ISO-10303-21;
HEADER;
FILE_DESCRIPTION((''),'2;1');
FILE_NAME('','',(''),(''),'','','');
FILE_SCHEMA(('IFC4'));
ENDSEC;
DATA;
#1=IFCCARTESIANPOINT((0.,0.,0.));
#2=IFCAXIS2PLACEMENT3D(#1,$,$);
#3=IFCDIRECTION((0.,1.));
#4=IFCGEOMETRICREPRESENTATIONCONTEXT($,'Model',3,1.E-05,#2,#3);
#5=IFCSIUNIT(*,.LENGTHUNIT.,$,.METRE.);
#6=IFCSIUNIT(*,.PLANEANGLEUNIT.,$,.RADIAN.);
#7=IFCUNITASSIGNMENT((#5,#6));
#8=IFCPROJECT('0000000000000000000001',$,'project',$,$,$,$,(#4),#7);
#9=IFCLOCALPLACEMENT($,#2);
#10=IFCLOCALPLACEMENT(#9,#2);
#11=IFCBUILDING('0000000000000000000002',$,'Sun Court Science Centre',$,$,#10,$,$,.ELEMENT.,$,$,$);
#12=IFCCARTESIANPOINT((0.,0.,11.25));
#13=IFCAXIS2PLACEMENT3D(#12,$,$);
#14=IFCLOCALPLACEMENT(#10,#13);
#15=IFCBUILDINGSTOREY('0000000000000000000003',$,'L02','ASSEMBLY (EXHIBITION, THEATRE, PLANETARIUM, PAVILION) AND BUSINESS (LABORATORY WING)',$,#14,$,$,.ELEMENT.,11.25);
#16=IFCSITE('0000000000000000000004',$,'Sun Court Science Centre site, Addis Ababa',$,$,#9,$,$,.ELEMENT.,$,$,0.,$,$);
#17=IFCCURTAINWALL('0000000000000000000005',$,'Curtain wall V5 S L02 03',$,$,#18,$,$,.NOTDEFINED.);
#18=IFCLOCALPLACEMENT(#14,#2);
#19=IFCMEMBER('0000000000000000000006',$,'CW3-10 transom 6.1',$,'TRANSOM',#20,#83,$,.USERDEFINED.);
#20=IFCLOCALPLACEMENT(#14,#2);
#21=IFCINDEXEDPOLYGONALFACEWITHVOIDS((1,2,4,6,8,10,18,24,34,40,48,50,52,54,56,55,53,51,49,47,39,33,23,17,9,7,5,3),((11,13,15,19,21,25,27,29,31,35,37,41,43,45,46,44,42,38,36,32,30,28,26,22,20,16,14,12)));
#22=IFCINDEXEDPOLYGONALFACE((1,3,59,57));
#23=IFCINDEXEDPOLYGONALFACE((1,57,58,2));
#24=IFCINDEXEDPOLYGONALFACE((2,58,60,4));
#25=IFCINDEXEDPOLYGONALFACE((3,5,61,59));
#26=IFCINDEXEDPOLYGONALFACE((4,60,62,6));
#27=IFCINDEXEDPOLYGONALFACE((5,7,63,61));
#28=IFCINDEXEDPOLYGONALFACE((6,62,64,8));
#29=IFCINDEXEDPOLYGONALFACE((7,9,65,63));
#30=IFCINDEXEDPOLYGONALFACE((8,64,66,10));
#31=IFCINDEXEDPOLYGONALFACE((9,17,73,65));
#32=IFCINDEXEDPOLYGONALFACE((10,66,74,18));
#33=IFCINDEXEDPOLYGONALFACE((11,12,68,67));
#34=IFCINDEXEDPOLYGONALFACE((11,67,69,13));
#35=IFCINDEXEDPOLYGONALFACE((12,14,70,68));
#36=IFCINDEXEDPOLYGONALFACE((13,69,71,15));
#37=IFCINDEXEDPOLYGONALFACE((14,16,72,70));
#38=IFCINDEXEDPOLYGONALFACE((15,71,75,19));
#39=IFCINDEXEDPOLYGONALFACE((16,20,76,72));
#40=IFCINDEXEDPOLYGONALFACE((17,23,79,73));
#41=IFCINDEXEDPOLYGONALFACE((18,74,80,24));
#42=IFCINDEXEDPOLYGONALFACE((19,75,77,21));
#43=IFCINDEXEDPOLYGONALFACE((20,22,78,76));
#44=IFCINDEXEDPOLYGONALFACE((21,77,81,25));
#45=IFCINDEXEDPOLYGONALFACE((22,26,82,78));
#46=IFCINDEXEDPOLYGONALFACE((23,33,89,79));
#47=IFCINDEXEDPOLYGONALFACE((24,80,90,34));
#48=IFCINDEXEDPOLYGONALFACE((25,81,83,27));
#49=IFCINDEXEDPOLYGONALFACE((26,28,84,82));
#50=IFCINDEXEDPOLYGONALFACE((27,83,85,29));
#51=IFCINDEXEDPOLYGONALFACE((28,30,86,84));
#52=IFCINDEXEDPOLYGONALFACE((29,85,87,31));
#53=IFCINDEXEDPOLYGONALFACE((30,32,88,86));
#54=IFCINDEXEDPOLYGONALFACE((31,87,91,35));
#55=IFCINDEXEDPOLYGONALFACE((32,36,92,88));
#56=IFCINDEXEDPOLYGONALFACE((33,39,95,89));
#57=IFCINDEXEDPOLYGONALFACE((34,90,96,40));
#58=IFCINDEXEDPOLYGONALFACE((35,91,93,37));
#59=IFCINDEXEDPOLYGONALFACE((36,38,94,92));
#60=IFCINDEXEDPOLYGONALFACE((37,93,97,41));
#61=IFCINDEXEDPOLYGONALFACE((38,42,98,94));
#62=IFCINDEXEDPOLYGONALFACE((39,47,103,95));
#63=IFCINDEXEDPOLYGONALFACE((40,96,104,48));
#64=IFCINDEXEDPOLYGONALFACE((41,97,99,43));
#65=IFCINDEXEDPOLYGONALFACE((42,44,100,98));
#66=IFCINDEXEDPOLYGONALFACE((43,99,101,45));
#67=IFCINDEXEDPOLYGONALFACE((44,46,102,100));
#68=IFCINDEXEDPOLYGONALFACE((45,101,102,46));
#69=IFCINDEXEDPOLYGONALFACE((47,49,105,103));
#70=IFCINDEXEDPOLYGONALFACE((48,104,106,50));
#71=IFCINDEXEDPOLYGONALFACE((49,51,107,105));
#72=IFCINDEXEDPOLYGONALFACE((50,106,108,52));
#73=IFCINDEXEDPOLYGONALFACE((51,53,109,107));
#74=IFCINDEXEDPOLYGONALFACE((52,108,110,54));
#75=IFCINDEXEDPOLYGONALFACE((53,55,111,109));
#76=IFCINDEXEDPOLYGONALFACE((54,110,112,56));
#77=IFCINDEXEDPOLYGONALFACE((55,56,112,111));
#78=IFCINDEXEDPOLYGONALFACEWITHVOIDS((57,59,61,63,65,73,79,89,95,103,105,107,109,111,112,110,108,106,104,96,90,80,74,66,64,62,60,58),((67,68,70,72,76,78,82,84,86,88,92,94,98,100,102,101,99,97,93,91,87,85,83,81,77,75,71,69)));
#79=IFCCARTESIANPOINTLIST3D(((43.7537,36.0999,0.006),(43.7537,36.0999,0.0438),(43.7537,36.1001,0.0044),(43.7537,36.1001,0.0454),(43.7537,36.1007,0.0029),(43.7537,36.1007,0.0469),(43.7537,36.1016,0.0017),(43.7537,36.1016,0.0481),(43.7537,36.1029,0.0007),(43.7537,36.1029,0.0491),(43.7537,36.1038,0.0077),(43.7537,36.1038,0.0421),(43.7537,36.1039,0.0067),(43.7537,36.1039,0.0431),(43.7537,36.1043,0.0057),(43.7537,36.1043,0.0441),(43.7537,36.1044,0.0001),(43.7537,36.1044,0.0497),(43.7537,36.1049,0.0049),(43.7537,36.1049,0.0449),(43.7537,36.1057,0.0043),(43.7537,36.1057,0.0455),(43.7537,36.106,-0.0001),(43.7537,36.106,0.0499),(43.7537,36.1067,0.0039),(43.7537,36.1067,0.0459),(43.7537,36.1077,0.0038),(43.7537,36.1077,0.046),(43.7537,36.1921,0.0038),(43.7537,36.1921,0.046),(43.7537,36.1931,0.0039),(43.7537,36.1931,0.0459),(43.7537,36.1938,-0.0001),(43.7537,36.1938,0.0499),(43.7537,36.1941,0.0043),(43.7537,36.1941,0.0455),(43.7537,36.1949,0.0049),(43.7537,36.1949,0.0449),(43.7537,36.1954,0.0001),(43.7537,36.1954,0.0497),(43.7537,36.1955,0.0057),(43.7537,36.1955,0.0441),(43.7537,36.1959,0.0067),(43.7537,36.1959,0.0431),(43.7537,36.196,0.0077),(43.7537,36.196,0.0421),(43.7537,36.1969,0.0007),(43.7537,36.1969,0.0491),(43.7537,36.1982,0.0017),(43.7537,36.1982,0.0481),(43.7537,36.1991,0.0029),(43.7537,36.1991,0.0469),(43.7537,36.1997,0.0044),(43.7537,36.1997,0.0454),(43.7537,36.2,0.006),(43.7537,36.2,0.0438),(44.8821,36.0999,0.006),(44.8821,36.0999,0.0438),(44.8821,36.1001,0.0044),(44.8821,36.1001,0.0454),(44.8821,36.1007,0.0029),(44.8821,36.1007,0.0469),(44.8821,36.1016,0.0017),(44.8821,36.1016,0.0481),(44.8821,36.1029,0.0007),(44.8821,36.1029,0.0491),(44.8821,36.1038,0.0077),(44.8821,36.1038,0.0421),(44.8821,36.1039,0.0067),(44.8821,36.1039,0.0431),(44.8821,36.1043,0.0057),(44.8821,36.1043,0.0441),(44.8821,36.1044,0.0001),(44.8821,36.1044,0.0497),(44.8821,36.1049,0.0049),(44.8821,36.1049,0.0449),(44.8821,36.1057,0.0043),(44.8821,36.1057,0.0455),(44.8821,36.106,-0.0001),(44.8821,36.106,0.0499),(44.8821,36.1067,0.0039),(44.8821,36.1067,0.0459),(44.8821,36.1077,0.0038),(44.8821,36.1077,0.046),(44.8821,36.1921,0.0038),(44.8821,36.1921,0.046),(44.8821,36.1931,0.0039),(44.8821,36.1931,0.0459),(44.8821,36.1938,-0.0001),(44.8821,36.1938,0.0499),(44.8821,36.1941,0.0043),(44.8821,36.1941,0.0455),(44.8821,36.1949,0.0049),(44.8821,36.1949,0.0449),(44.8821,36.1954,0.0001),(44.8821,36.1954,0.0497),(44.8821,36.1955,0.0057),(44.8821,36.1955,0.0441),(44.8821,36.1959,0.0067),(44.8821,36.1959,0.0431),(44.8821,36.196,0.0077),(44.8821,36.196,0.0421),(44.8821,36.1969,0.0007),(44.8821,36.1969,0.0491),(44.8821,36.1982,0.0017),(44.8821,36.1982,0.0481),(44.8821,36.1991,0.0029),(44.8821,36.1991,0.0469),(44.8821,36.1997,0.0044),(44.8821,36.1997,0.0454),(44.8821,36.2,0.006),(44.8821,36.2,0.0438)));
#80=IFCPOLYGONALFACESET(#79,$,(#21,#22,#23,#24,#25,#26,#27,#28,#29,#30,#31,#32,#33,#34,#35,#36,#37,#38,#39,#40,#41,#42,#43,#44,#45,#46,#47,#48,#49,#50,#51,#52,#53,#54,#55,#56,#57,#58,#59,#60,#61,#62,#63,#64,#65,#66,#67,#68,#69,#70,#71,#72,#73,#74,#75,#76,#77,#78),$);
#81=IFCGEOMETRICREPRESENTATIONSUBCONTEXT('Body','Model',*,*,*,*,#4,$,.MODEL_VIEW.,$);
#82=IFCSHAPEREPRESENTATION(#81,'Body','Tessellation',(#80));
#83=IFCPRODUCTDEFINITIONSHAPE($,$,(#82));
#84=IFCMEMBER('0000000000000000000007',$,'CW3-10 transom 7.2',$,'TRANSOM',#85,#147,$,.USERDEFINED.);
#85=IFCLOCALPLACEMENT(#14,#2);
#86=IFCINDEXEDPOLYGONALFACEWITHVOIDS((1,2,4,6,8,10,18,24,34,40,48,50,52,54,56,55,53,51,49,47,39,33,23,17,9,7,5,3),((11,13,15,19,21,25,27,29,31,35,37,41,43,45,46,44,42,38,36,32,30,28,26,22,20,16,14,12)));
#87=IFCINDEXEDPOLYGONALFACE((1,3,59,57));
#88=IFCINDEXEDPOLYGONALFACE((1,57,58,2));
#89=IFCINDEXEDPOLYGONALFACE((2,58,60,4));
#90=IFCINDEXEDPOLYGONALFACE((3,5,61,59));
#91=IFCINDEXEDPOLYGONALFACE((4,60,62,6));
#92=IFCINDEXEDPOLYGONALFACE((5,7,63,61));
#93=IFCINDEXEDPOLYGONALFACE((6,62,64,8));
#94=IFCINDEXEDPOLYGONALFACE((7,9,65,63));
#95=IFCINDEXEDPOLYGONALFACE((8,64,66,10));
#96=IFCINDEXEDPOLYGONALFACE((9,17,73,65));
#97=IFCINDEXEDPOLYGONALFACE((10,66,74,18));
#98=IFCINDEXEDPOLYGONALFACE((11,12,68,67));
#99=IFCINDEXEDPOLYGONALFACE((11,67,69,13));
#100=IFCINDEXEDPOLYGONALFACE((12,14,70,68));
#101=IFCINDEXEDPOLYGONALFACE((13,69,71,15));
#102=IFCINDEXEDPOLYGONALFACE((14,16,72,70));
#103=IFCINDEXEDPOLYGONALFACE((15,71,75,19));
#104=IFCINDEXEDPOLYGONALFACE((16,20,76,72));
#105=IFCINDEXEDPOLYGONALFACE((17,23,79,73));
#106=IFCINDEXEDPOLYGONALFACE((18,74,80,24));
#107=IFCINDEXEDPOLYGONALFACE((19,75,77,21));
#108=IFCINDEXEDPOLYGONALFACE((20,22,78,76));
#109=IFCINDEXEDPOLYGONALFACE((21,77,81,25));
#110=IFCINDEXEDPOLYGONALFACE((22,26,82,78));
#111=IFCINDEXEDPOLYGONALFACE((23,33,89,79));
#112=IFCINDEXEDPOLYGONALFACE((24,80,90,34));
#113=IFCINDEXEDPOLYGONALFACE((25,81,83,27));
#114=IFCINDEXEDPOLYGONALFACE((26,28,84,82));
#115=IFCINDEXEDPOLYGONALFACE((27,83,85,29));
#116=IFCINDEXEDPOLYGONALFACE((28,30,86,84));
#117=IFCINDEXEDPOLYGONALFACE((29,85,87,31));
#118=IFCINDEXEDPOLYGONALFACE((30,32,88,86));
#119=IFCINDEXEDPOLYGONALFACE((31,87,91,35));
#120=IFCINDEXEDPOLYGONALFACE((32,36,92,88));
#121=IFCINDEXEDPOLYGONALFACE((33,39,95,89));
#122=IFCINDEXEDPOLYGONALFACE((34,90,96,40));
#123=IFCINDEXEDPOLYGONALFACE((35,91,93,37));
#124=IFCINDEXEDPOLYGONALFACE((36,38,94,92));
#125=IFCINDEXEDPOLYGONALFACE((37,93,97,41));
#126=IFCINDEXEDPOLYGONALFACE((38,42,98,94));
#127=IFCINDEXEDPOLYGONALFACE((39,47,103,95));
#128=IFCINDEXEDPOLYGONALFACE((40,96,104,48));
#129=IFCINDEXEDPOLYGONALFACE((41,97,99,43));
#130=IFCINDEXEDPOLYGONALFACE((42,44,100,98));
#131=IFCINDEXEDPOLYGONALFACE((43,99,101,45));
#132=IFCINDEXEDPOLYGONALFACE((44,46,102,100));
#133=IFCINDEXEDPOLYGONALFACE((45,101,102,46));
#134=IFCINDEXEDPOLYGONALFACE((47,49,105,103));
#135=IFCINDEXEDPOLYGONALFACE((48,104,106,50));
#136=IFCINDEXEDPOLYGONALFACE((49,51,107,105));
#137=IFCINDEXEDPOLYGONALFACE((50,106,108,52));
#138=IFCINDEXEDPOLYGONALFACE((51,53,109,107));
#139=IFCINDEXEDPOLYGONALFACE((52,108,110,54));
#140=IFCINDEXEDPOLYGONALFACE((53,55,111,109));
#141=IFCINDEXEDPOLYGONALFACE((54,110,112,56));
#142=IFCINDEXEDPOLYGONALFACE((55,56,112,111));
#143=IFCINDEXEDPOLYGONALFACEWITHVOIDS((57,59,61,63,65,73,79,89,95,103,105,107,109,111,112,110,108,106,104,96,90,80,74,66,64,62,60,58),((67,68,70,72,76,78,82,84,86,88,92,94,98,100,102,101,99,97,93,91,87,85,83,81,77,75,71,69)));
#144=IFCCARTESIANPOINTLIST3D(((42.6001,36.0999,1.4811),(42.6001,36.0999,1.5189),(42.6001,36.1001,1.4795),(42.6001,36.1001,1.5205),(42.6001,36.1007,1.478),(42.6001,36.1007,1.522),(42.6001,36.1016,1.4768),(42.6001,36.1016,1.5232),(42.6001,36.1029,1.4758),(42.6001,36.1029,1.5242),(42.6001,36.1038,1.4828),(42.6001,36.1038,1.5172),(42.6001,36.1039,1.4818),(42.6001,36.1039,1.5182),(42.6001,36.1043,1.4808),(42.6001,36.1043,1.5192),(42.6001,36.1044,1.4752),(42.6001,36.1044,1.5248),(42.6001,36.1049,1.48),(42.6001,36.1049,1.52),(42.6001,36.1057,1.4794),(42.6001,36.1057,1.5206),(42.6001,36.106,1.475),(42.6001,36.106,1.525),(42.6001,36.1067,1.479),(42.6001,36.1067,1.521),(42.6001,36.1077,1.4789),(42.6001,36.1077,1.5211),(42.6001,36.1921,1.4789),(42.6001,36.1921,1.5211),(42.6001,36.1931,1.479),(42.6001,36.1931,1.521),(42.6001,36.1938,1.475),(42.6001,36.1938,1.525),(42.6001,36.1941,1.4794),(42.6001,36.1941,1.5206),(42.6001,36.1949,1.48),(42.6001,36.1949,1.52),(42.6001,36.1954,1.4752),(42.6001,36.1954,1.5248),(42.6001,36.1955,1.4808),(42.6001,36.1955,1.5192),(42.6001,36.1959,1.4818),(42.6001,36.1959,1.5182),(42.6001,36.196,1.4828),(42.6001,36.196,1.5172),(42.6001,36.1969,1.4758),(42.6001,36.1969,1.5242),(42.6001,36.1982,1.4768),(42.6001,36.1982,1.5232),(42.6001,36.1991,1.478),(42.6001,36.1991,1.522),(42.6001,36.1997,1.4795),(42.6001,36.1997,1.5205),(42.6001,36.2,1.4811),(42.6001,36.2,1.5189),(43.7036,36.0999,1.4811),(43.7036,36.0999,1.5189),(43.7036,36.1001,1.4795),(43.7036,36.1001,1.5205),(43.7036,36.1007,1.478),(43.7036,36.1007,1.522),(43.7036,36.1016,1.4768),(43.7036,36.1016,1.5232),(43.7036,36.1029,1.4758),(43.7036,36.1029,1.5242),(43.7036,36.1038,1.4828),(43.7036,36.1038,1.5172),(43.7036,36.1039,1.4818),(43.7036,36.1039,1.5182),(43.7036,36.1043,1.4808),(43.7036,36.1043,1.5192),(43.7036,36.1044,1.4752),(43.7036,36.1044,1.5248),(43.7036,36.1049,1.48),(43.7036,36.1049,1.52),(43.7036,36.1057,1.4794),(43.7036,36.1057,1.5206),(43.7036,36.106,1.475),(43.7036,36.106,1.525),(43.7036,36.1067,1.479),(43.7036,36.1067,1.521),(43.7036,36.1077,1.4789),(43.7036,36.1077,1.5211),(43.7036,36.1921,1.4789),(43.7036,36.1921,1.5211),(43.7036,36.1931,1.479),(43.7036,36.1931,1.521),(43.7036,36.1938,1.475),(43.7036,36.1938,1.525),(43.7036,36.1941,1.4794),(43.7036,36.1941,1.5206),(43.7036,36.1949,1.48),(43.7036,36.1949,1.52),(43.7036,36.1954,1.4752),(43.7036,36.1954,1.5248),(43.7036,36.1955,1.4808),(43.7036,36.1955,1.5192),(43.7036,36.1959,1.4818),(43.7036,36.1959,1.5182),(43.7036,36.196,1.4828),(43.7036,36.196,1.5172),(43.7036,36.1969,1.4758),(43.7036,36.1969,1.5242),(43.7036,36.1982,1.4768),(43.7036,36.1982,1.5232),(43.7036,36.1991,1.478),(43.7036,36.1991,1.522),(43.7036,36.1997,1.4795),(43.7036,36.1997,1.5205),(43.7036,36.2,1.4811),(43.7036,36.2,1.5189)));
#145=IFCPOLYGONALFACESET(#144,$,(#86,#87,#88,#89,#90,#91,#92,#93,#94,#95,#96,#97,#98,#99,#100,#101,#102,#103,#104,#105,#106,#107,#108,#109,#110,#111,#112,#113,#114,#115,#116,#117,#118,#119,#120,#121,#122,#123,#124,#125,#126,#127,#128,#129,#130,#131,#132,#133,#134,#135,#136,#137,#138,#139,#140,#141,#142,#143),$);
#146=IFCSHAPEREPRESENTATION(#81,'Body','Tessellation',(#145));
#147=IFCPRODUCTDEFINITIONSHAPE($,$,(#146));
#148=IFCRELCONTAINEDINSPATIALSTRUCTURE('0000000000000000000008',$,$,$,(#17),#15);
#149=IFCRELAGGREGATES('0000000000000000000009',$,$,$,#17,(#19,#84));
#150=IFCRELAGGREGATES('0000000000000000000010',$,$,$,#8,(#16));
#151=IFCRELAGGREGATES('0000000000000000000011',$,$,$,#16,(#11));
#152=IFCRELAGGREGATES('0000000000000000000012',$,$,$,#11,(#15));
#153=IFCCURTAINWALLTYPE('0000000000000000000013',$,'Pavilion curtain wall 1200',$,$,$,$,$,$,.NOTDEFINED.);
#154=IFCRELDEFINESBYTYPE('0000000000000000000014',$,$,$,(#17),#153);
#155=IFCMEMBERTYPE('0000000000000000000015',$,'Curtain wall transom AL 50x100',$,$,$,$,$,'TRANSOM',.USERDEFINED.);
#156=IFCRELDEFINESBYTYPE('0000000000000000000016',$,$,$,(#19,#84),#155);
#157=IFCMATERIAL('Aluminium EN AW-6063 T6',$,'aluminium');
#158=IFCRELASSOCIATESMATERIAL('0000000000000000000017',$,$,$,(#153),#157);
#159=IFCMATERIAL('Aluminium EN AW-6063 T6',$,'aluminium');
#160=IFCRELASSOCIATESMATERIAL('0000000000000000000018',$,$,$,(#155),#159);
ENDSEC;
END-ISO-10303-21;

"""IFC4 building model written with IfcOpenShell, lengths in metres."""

from ifc_helpers import new_model, si_unit, direction, frame, origin, origin_2d, place, context, subcontext, project, spatial, hollow_rectangle, extrude, material, material_profile, profile_set, type_object, element, aggregate, save


model = new_model("IFC4")

# Units and contexts
model_context = context("Model", 3, precision=1e-05, world=origin(), true_north=direction((0.0, 1.0)))
body_context = subcontext(model_context, "Body", "Model", "MODEL_VIEW")
ifc_project = project(units=[si_unit("LENGTHUNIT", "METRE"), si_unit("PLANEANGLEUNIT", "RADIAN")], contexts=[model_context])

# Site, building, storey
site_placement = place(None, origin())
site = spatial("IfcSite", under=ifc_project, at=site_placement, Name="Sun Court Science Centre site, Addis Ababa", CompositionType="ELEMENT", RefElevation=0.0)
building_placement = place(site_placement, origin())
building = spatial("IfcBuilding", under=site, at=building_placement, Name="Sun Court Science Centre", CompositionType="ELEMENT")
storey_placement = place(building_placement, frame((0.0, 0.0, 11.25)))
storey = spatial("IfcBuildingStorey", under=building, at=storey_placement, Name="L02", Description="ASSEMBLY (EXHIBITION, THEATRE, PLANETARIUM, PAVILION) AND BUSINESS (LABORATORY WING)", CompositionType="ELEMENT", Elevation=11.25)

# Curtain wall, members
ifc_material_1 = material(Name="Aluminium EN AW-6063 T6", Category="aluminium")
curtain_wall_type = type_object("IfcCurtainWallType", Name="Pavilion curtain wall 1200", PredefinedType="NOTDEFINED", material=ifc_material_1)
curtain_wall_1_placement = place(storey_placement, origin())
curtain_wall_1 = element("IfcCurtainWall", 1, at=curtain_wall_1_placement, inside=storey, type_object=curtain_wall_type, Name="Curtain wall V5 S L02 03", PredefinedType="NOTDEFINED")
ifc_material_2 = material(Name="Aluminium EN AW-6063 T6", Category="aluminium")
ifc_material_profile_1 = material_profile(ifc_material_2, hollow_rectangle(XDim=0.05, YDim=0.1001, WallThickness=0.0039, InnerFilletRadius=0.0039, OuterFilletRadius=0.0061, at=origin_2d()), Name="AL 50x100x4")
ifc_profile_set_1 = profile_set([ifc_material_profile_1], Name="Aluminium EN AW-6063 T6")
member_type_1 = type_object("IfcMemberType", Name="Curtain wall transom AL 50x100", ElementType="TRANSOM", PredefinedType="USERDEFINED", material=ifc_profile_set_1)
member_1_placement = place(storey_placement, frame((44.8821, 36.1499, 0.0249), z_axis=(-1.0, 0.0, 0.0), x_axis=(0.0, 0.0, 1.0)))
member_1 = element("IfcMember", 2, at=member_1_placement, type_object=member_type_1, Name="CW3-10 transom 6.1", ObjectType="TRANSOM", PredefinedType="USERDEFINED", context=body_context, shape_type="SweptSolid", body=[
    extrude(hollow_rectangle(XDim=0.05, YDim=0.1001, WallThickness=0.0039, InnerFilletRadius=0.0039, OuterFilletRadius=0.0061, at=origin_2d()), origin(), (0.0, 0.0, 1.0), 1.1284),
])
member_2_placement = place(storey_placement, frame((43.7036, 36.1499, 1.5), z_axis=(-1.0, 0.0, 0.0), x_axis=(0.0, 0.0, 1.0)))
member_2 = element("IfcMember", 3, at=member_2_placement, type_object=member_type_1, Name="CW3-10 transom 7.2", ObjectType="TRANSOM", PredefinedType="USERDEFINED", context=body_context, shape_type="SweptSolid", body=[
    extrude(hollow_rectangle(XDim=0.05, YDim=0.1001, WallThickness=0.0039, InnerFilletRadius=0.0039, OuterFilletRadius=0.0061, at=origin_2d()), origin(), (0.0, 0.0, 1.0), 1.1035),
])

aggregate(curtain_wall_1, [member_1, member_2])

save(model, "model.ifc")
